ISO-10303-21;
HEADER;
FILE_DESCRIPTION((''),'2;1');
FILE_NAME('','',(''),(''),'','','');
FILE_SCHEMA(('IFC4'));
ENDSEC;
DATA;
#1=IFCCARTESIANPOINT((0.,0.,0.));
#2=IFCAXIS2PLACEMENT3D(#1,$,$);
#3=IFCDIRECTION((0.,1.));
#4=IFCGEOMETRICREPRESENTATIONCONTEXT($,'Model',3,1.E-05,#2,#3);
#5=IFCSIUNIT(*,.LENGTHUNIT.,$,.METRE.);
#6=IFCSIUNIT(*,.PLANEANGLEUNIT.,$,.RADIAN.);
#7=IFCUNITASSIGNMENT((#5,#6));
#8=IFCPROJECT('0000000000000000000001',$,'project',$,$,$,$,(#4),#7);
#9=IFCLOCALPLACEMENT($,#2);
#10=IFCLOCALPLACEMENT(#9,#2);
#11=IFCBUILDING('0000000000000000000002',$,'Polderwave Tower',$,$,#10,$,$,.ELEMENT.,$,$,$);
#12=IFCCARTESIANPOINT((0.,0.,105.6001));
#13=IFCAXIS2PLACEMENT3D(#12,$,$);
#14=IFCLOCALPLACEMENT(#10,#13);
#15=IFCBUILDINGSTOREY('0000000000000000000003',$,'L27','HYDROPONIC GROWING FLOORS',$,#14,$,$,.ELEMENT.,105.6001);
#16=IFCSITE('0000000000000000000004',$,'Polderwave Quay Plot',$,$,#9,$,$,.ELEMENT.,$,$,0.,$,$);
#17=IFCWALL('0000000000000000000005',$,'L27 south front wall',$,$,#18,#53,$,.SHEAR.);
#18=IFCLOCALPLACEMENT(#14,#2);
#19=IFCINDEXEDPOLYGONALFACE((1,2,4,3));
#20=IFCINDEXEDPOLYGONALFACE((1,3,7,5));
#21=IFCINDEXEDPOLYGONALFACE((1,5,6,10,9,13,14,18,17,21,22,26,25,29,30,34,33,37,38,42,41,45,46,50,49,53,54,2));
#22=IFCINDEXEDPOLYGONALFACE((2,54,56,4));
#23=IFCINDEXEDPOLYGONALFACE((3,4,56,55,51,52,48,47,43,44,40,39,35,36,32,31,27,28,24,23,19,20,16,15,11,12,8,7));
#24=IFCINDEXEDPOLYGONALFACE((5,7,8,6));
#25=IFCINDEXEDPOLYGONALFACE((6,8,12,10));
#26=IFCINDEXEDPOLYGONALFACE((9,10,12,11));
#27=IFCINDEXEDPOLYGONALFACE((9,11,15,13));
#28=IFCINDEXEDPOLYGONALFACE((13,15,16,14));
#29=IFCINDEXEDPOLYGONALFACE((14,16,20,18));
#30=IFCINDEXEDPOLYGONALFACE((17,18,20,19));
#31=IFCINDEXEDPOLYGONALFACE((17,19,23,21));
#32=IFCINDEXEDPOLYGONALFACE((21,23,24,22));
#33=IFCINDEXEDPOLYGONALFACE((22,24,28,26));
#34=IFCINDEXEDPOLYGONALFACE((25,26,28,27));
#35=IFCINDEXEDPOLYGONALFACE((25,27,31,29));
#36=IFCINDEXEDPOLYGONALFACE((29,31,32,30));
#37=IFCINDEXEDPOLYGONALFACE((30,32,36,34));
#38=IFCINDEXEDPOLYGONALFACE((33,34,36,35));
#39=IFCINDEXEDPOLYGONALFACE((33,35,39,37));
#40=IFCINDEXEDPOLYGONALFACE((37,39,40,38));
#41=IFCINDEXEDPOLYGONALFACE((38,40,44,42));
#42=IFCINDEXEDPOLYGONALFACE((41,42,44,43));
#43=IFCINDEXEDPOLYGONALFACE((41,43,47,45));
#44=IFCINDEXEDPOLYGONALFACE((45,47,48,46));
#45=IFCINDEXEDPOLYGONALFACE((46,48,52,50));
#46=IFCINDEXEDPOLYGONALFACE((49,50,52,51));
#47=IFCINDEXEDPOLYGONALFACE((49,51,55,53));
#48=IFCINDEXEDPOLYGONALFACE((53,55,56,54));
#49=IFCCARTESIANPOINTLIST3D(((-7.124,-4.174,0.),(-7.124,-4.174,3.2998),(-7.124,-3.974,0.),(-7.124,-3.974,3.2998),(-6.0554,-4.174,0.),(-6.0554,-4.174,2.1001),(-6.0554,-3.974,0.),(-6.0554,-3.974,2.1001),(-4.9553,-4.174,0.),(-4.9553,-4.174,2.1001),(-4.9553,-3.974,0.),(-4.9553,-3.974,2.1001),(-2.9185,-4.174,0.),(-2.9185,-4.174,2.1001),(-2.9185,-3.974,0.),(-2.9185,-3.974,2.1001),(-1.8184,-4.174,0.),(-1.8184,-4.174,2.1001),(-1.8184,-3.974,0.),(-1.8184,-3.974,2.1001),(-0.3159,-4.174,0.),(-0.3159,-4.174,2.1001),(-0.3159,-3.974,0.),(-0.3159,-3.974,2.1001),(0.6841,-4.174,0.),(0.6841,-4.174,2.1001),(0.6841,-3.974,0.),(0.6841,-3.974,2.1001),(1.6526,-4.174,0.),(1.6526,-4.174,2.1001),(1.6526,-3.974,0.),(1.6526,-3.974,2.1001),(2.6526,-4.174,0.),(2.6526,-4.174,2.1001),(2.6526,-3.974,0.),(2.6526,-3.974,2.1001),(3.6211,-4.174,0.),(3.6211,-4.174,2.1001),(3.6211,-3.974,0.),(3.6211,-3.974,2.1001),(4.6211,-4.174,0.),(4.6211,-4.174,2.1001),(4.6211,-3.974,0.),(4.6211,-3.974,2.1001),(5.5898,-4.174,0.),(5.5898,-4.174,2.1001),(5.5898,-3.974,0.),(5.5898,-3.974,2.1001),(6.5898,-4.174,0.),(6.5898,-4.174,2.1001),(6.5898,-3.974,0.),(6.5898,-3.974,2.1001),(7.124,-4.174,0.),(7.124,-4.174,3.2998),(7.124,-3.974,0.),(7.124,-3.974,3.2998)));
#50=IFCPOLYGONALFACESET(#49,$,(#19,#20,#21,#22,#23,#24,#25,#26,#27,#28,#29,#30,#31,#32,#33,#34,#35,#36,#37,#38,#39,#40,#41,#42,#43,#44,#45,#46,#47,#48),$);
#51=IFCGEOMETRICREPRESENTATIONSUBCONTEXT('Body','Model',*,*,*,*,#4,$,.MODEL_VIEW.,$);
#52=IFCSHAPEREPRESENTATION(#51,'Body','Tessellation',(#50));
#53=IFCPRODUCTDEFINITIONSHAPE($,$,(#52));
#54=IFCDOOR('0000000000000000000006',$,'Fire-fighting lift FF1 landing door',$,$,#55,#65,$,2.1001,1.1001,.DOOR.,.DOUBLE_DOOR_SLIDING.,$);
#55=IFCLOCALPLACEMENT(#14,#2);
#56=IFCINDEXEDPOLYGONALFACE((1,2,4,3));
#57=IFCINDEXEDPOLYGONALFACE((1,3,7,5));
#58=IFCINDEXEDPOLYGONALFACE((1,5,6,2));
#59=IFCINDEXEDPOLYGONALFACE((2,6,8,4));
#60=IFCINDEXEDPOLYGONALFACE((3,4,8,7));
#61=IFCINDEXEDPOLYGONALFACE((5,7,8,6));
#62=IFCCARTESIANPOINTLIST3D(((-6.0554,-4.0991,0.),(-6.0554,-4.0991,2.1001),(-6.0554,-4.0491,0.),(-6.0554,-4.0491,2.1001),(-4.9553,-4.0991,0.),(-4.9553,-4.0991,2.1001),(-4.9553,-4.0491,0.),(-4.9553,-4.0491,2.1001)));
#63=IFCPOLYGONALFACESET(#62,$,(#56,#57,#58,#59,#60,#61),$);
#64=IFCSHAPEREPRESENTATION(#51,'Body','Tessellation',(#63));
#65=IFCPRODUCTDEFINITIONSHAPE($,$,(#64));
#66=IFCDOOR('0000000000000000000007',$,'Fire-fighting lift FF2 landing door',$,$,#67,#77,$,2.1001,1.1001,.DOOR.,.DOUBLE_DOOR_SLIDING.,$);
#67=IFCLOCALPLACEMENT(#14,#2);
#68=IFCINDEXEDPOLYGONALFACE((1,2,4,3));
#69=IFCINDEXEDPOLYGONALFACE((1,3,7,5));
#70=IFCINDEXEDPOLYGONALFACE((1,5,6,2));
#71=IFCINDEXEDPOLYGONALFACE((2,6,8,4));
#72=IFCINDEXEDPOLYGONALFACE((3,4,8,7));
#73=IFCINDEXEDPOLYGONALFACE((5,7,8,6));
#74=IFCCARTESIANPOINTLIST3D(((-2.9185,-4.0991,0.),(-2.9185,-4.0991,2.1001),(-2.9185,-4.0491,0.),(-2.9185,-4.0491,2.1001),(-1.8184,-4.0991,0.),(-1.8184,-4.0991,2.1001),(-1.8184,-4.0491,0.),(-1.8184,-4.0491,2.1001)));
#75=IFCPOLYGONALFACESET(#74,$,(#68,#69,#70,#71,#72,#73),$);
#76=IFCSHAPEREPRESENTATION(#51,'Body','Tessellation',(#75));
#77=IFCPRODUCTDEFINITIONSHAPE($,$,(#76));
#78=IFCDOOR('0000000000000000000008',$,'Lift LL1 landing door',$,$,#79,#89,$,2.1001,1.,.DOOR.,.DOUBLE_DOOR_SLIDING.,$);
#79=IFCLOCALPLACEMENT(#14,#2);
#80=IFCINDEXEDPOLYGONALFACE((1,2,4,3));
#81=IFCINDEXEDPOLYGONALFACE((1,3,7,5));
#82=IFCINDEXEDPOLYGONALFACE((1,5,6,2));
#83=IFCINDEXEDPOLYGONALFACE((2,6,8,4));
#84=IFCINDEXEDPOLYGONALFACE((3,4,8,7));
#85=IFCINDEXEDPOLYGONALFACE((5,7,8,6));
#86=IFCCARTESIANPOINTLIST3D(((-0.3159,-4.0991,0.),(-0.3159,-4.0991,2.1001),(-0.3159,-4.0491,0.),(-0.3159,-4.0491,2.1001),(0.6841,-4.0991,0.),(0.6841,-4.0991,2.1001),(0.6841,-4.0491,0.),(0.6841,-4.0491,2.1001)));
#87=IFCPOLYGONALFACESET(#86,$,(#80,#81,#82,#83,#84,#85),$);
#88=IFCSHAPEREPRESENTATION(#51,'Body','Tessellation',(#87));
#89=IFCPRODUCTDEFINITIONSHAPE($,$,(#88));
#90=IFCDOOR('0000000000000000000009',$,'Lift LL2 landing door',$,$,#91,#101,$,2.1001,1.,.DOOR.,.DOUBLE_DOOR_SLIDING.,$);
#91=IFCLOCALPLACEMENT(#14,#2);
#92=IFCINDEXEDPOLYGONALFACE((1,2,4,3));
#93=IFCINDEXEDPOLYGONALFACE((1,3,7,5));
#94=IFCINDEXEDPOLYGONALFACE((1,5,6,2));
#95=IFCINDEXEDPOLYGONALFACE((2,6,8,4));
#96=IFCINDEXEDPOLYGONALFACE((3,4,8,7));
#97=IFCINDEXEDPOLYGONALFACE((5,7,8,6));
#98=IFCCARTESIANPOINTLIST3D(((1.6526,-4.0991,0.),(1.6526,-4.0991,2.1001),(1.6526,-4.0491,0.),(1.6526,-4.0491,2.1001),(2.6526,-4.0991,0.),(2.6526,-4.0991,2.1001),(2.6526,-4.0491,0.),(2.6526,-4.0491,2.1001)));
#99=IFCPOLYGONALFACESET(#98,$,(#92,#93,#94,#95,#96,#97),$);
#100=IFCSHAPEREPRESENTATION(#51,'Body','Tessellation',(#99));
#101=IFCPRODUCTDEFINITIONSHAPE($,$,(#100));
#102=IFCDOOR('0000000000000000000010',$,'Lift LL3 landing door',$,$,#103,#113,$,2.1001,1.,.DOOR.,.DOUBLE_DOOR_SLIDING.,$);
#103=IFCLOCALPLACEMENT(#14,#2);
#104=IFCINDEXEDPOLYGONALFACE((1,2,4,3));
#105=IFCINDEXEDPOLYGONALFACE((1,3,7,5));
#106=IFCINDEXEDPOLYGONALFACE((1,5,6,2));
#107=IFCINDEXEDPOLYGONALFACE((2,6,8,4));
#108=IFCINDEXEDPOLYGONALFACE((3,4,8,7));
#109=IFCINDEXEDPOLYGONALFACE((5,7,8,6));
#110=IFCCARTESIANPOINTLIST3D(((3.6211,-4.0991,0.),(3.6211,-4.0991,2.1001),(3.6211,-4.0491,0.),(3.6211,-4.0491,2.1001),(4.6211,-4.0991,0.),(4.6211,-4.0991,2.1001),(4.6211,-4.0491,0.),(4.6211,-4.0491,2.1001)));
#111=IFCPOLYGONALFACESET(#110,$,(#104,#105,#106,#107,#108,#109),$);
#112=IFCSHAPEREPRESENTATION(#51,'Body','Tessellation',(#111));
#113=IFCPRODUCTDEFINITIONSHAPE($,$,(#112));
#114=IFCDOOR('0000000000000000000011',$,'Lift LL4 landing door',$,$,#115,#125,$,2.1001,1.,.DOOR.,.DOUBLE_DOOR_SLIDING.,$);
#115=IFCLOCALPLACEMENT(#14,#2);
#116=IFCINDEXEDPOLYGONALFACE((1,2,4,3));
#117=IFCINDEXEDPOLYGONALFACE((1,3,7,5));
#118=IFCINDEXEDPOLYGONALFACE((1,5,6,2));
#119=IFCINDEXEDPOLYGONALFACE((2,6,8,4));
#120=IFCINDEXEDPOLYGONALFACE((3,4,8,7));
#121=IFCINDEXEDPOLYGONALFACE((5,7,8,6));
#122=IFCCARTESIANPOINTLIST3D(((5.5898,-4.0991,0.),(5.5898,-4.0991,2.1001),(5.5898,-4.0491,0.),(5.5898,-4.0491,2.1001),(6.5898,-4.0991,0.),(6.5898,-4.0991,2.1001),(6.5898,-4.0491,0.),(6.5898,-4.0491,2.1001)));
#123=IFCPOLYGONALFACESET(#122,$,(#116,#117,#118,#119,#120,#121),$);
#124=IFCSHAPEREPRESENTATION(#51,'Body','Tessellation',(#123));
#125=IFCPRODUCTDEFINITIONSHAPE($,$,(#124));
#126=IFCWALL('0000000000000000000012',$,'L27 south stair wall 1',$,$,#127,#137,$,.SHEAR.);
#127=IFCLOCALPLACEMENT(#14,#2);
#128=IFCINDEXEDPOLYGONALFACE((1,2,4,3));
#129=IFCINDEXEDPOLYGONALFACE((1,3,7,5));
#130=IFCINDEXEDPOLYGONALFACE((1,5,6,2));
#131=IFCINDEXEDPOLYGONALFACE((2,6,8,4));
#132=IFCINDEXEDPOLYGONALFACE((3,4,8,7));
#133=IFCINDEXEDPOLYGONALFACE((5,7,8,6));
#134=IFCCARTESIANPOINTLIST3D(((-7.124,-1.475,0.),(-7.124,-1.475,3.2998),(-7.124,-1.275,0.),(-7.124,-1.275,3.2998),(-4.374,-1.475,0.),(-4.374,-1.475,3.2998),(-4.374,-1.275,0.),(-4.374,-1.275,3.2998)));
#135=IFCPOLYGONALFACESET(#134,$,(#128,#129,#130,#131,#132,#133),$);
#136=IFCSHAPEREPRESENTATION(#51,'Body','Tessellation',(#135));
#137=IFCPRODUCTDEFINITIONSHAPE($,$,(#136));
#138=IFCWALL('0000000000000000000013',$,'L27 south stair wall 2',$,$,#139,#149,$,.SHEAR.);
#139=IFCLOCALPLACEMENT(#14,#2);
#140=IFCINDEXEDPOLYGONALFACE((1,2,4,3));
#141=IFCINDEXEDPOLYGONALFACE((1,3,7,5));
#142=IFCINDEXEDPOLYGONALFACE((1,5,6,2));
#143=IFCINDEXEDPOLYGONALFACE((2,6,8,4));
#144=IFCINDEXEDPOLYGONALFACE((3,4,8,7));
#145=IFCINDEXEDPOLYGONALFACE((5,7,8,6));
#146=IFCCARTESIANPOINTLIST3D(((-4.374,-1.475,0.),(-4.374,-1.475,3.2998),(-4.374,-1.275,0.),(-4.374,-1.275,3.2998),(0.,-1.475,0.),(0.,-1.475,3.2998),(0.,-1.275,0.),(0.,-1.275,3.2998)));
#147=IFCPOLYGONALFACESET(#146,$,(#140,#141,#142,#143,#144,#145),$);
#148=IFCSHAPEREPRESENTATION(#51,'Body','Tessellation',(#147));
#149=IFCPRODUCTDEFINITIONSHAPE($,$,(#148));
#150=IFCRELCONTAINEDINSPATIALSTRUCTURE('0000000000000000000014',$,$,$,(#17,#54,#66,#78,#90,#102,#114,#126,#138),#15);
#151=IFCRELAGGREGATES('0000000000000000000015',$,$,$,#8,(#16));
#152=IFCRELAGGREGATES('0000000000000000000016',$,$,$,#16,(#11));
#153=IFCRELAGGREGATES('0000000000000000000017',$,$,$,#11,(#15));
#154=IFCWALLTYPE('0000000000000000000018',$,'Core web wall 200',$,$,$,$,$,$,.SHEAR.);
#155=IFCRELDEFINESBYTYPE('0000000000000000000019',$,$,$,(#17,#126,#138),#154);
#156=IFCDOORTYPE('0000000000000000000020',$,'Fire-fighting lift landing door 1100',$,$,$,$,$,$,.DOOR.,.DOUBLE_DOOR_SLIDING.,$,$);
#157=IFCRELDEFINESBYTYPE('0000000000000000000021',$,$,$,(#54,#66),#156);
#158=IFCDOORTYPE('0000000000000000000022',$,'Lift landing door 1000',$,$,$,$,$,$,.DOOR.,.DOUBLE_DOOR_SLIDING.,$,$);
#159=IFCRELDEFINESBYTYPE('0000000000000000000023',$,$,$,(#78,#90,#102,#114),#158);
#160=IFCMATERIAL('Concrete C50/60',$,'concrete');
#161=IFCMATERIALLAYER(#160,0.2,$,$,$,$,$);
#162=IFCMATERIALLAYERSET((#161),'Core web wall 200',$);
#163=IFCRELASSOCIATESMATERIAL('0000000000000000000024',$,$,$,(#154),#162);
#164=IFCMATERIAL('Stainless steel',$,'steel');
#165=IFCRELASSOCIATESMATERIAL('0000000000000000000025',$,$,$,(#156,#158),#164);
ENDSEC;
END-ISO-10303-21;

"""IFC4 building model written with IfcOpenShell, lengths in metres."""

from ifc_helpers import new_model, si_unit, direction, frame, frame_2d, origin, place, context, subcontext, project, spatial, rectangle, extrude, material, layer, layer_set, type_object, element, fill, save


model = new_model("IFC4")

# Units and contexts
model_context = context("Model", 3, precision=1e-05, world=origin(), true_north=direction((0.0, 1.0)))
body_context = subcontext(model_context, "Body", "Model", "MODEL_VIEW")
ifc_project = project(units=[si_unit("LENGTHUNIT", "METRE"), si_unit("PLANEANGLEUNIT", "RADIAN")], contexts=[model_context])

# Site, building, storey
site_placement = place(None, origin())
site = spatial("IfcSite", under=ifc_project, at=site_placement, Name="Polderwave Quay Plot", CompositionType="ELEMENT", RefElevation=0.0)
building_placement = place(site_placement, origin())
building = spatial("IfcBuilding", under=site, at=building_placement, Name="Polderwave Tower", CompositionType="ELEMENT")
storey_placement = place(building_placement, frame((0.0, 0.0, 105.6001)))
storey = spatial("IfcBuildingStorey", under=building, at=storey_placement, Name="L27", Description="HYDROPONIC GROWING FLOORS", CompositionType="ELEMENT", Elevation=105.6001)

# Wall, openings, doors
ifc_material_1 = material(Name="Concrete C50/60", Category="concrete")
ifc_layer_1 = layer(ifc_material_1, 0.2)
ifc_layer_set_1 = layer_set([ifc_layer_1], Name="Core web wall 200")
wall_type_1 = type_object("IfcWallType", Name="Core web wall 200", PredefinedType="SHEAR", material=ifc_layer_set_1)
wall_1_placement = place(storey_placement, frame((-7.124, -4.074, 0.0), z_axis=(0.0, 0.0, 1.0), x_axis=(1.0, 0.0, 0.0)))
wall_1 = element("IfcWall", 1, at=wall_1_placement, inside=storey, type_object=wall_type_1, Name="L27 south front wall", PredefinedType="SHEAR", context=body_context, shape_type="SweptSolid", body=[
    extrude(rectangle(XDim=14.248, YDim=0.2, at=frame_2d((7.124, 0.0))), origin(), (0.0, 0.0, 1.0), 3.2998),
])
opening_1_placement = place(wall_1_placement, frame((1.0686, 0.0, 0.0)))
opening_1 = element("IfcOpeningElement", 2, at=opening_1_placement, cuts=wall_1, PredefinedType="OPENING", context=body_context, shape_type="SweptSolid", body=[
    extrude(rectangle(XDim=1.1001, YDim=2.1001, at=frame_2d((0.55, 1.05))), frame((0.0, 0.1099, 0.0), z_axis=(0.0, -1.0, 0.0), x_axis=(1.0, 0.0, 0.0)), (0.0, 0.0, 1.0), 0.22),
])
opening_2_placement = place(wall_1_placement, frame((4.2056, 0.0, 0.0)))
opening_2 = element("IfcOpeningElement", 3, at=opening_2_placement, cuts=wall_1, PredefinedType="OPENING", context=body_context, shape_type="SweptSolid", body=[
    extrude(rectangle(XDim=1.1001, YDim=2.1001, at=frame_2d((0.55, 1.05))), frame((0.0, 0.1099, 0.0), z_axis=(0.0, -1.0, 0.0), x_axis=(1.0, 0.0, 0.0)), (0.0, 0.0, 1.0), 0.22),
])
opening_3_placement = place(wall_1_placement, frame((6.8081, 0.0, 0.0)))
opening_3 = element("IfcOpeningElement", 4, at=opening_3_placement, cuts=wall_1, PredefinedType="OPENING", context=body_context, shape_type="SweptSolid", body=[
    extrude(rectangle(XDim=1.0, YDim=2.1001, at=frame_2d((0.5, 1.05))), frame((0.0, 0.1099, 0.0), z_axis=(0.0, -1.0, 0.0), x_axis=(1.0, 0.0, 0.0)), (0.0, 0.0, 1.0), 0.22),
])
opening_4_placement = place(wall_1_placement, frame((8.7766, 0.0, 0.0)))
opening_4 = element("IfcOpeningElement", 5, at=opening_4_placement, cuts=wall_1, PredefinedType="OPENING", context=body_context, shape_type="SweptSolid", body=[
    extrude(rectangle(XDim=1.0, YDim=2.1001, at=frame_2d((0.5, 1.05))), frame((0.0, 0.1099, 0.0), z_axis=(0.0, -1.0, 0.0), x_axis=(1.0, 0.0, 0.0)), (0.0, 0.0, 1.0), 0.22),
])
opening_5_placement = place(wall_1_placement, frame((10.7451, 0.0, 0.0)))
opening_5 = element("IfcOpeningElement", 6, at=opening_5_placement, cuts=wall_1, PredefinedType="OPENING", context=body_context, shape_type="SweptSolid", body=[
    extrude(rectangle(XDim=1.0, YDim=2.1001, at=frame_2d((0.5, 1.05))), frame((0.0, 0.1099, 0.0), z_axis=(0.0, -1.0, 0.0), x_axis=(1.0, 0.0, 0.0)), (0.0, 0.0, 1.0), 0.22),
])
opening_6_placement = place(wall_1_placement, frame((12.7139, 0.0, 0.0)))
opening_6 = element("IfcOpeningElement", 7, at=opening_6_placement, cuts=wall_1, PredefinedType="OPENING", context=body_context, shape_type="SweptSolid", body=[
    extrude(rectangle(XDim=1.0, YDim=2.1001, at=frame_2d((0.5, 1.05))), frame((0.0, 0.1099, 0.0), z_axis=(0.0, -1.0, 0.0), x_axis=(1.0, 0.0, 0.0)), (0.0, 0.0, 1.0), 0.22),
])
ifc_material_2 = material(Name="Stainless steel", Category="steel")
door_type_1 = type_object("IfcDoorType", Name="Fire-fighting lift landing door 1100", OperationType="DOUBLE_DOOR_SLIDING", PredefinedType="DOOR", material=ifc_material_2)
door_1_placement = place(opening_1_placement, origin())
door_1 = element("IfcDoor", 8, at=door_1_placement, inside=storey, type_object=door_type_1, Name="Fire-fighting lift FF1 landing door", OperationType="DOUBLE_DOOR_SLIDING", OverallHeight=2.1001, OverallWidth=1.1001, PredefinedType="DOOR", context=body_context, shape_type="SweptSolid", body=[
    extrude(rectangle(XDim=1.1001, YDim=2.1001, at=frame_2d((0.55, 1.05))), frame((0.0, 0.0249, 0.0), z_axis=(0.0, -1.0, 0.0), x_axis=(1.0, 0.0, 0.0)), (0.0, 0.0, 1.0), 0.05),
])
fill(opening_1, door_1)
door_2_placement = place(opening_2_placement, origin())
door_2 = element("IfcDoor", 9, at=door_2_placement, inside=storey, type_object=door_type_1, Name="Fire-fighting lift FF2 landing door", OperationType="DOUBLE_DOOR_SLIDING", OverallHeight=2.1001, OverallWidth=1.1001, PredefinedType="DOOR", context=body_context, shape_type="SweptSolid", body=[
    extrude(rectangle(XDim=1.1001, YDim=2.1001, at=frame_2d((0.55, 1.05))), frame((0.0, 0.0249, 0.0), z_axis=(0.0, -1.0, 0.0), x_axis=(1.0, 0.0, 0.0)), (0.0, 0.0, 1.0), 0.05),
])
fill(opening_2, door_2)
door_type_2 = type_object("IfcDoorType", Name="Lift landing door 1000", OperationType="DOUBLE_DOOR_SLIDING", PredefinedType="DOOR", material=ifc_material_2)
door_3_placement = place(opening_3_placement, origin())
door_3 = element("IfcDoor", 10, at=door_3_placement, inside=storey, type_object=door_type_2, Name="Lift LL1 landing door", OperationType="DOUBLE_DOOR_SLIDING", OverallHeight=2.1001, OverallWidth=1.0, PredefinedType="DOOR", context=body_context, shape_type="SweptSolid", body=[
    extrude(rectangle(XDim=1.0, YDim=2.1001, at=frame_2d((0.5, 1.05))), frame((0.0, 0.0249, 0.0), z_axis=(0.0, -1.0, 0.0), x_axis=(1.0, 0.0, 0.0)), (0.0, 0.0, 1.0), 0.05),
])
fill(opening_3, door_3)
door_4_placement = place(opening_4_placement, origin())
door_4 = element("IfcDoor", 11, at=door_4_placement, inside=storey, type_object=door_type_2, Name="Lift LL2 landing door", OperationType="DOUBLE_DOOR_SLIDING", OverallHeight=2.1001, OverallWidth=1.0, PredefinedType="DOOR", context=body_context, shape_type="SweptSolid", body=[
    extrude(rectangle(XDim=1.0, YDim=2.1001, at=frame_2d((0.5, 1.05))), frame((0.0, 0.0249, 0.0), z_axis=(0.0, -1.0, 0.0), x_axis=(1.0, 0.0, 0.0)), (0.0, 0.0, 1.0), 0.05),
])
fill(opening_4, door_4)
door_5_placement = place(opening_5_placement, origin())
door_5 = element("IfcDoor", 12, at=door_5_placement, inside=storey, type_object=door_type_2, Name="Lift LL3 landing door", OperationType="DOUBLE_DOOR_SLIDING", OverallHeight=2.1001, OverallWidth=1.0, PredefinedType="DOOR", context=body_context, shape_type="SweptSolid", body=[
    extrude(rectangle(XDim=1.0, YDim=2.1001, at=frame_2d((0.5, 1.05))), frame((0.0, 0.0249, 0.0), z_axis=(0.0, -1.0, 0.0), x_axis=(1.0, 0.0, 0.0)), (0.0, 0.0, 1.0), 0.05),
])
fill(opening_5, door_5)
door_6_placement = place(opening_6_placement, origin())
door_6 = element("IfcDoor", 13, at=door_6_placement, inside=storey, type_object=door_type_2, Name="Lift LL4 landing door", OperationType="DOUBLE_DOOR_SLIDING", OverallHeight=2.1001, OverallWidth=1.0, PredefinedType="DOOR", context=body_context, shape_type="SweptSolid", body=[
    extrude(rectangle(XDim=1.0, YDim=2.1001, at=frame_2d((0.5, 1.05))), frame((0.0, 0.0249, 0.0), z_axis=(0.0, -1.0, 0.0), x_axis=(1.0, 0.0, 0.0)), (0.0, 0.0, 1.0), 0.05),
])
fill(opening_6, door_6)

# Walls
wall_2_placement = place(storey_placement, frame((-7.124, -1.375, 0.0), z_axis=(0.0, 0.0, 1.0), x_axis=(1.0, 0.0, 0.0)))
element("IfcWall", 14, at=wall_2_placement, inside=storey, type_object=wall_type_1, Name="L27 south stair wall 1", PredefinedType="SHEAR", context=body_context, shape_type="SweptSolid", body=[
    extrude(rectangle(XDim=2.75, YDim=0.2, at=frame_2d((1.375, 0.0))), origin(), (0.0, 0.0, 1.0), 3.2998),
])
wall_3_placement = place(storey_placement, frame((-4.374, -1.375, 0.0), z_axis=(0.0, 0.0, 1.0), x_axis=(1.0, 0.0, 0.0)))
element("IfcWall", 15, at=wall_3_placement, inside=storey, type_object=wall_type_1, Name="L27 south stair wall 2", PredefinedType="SHEAR", context=body_context, shape_type="SweptSolid", body=[
    extrude(rectangle(XDim=4.374, YDim=0.2, at=frame_2d((2.187, 0.0))), origin(), (0.0, 0.0, 1.0), 3.2998),
])

save(model, "model.ifc")
